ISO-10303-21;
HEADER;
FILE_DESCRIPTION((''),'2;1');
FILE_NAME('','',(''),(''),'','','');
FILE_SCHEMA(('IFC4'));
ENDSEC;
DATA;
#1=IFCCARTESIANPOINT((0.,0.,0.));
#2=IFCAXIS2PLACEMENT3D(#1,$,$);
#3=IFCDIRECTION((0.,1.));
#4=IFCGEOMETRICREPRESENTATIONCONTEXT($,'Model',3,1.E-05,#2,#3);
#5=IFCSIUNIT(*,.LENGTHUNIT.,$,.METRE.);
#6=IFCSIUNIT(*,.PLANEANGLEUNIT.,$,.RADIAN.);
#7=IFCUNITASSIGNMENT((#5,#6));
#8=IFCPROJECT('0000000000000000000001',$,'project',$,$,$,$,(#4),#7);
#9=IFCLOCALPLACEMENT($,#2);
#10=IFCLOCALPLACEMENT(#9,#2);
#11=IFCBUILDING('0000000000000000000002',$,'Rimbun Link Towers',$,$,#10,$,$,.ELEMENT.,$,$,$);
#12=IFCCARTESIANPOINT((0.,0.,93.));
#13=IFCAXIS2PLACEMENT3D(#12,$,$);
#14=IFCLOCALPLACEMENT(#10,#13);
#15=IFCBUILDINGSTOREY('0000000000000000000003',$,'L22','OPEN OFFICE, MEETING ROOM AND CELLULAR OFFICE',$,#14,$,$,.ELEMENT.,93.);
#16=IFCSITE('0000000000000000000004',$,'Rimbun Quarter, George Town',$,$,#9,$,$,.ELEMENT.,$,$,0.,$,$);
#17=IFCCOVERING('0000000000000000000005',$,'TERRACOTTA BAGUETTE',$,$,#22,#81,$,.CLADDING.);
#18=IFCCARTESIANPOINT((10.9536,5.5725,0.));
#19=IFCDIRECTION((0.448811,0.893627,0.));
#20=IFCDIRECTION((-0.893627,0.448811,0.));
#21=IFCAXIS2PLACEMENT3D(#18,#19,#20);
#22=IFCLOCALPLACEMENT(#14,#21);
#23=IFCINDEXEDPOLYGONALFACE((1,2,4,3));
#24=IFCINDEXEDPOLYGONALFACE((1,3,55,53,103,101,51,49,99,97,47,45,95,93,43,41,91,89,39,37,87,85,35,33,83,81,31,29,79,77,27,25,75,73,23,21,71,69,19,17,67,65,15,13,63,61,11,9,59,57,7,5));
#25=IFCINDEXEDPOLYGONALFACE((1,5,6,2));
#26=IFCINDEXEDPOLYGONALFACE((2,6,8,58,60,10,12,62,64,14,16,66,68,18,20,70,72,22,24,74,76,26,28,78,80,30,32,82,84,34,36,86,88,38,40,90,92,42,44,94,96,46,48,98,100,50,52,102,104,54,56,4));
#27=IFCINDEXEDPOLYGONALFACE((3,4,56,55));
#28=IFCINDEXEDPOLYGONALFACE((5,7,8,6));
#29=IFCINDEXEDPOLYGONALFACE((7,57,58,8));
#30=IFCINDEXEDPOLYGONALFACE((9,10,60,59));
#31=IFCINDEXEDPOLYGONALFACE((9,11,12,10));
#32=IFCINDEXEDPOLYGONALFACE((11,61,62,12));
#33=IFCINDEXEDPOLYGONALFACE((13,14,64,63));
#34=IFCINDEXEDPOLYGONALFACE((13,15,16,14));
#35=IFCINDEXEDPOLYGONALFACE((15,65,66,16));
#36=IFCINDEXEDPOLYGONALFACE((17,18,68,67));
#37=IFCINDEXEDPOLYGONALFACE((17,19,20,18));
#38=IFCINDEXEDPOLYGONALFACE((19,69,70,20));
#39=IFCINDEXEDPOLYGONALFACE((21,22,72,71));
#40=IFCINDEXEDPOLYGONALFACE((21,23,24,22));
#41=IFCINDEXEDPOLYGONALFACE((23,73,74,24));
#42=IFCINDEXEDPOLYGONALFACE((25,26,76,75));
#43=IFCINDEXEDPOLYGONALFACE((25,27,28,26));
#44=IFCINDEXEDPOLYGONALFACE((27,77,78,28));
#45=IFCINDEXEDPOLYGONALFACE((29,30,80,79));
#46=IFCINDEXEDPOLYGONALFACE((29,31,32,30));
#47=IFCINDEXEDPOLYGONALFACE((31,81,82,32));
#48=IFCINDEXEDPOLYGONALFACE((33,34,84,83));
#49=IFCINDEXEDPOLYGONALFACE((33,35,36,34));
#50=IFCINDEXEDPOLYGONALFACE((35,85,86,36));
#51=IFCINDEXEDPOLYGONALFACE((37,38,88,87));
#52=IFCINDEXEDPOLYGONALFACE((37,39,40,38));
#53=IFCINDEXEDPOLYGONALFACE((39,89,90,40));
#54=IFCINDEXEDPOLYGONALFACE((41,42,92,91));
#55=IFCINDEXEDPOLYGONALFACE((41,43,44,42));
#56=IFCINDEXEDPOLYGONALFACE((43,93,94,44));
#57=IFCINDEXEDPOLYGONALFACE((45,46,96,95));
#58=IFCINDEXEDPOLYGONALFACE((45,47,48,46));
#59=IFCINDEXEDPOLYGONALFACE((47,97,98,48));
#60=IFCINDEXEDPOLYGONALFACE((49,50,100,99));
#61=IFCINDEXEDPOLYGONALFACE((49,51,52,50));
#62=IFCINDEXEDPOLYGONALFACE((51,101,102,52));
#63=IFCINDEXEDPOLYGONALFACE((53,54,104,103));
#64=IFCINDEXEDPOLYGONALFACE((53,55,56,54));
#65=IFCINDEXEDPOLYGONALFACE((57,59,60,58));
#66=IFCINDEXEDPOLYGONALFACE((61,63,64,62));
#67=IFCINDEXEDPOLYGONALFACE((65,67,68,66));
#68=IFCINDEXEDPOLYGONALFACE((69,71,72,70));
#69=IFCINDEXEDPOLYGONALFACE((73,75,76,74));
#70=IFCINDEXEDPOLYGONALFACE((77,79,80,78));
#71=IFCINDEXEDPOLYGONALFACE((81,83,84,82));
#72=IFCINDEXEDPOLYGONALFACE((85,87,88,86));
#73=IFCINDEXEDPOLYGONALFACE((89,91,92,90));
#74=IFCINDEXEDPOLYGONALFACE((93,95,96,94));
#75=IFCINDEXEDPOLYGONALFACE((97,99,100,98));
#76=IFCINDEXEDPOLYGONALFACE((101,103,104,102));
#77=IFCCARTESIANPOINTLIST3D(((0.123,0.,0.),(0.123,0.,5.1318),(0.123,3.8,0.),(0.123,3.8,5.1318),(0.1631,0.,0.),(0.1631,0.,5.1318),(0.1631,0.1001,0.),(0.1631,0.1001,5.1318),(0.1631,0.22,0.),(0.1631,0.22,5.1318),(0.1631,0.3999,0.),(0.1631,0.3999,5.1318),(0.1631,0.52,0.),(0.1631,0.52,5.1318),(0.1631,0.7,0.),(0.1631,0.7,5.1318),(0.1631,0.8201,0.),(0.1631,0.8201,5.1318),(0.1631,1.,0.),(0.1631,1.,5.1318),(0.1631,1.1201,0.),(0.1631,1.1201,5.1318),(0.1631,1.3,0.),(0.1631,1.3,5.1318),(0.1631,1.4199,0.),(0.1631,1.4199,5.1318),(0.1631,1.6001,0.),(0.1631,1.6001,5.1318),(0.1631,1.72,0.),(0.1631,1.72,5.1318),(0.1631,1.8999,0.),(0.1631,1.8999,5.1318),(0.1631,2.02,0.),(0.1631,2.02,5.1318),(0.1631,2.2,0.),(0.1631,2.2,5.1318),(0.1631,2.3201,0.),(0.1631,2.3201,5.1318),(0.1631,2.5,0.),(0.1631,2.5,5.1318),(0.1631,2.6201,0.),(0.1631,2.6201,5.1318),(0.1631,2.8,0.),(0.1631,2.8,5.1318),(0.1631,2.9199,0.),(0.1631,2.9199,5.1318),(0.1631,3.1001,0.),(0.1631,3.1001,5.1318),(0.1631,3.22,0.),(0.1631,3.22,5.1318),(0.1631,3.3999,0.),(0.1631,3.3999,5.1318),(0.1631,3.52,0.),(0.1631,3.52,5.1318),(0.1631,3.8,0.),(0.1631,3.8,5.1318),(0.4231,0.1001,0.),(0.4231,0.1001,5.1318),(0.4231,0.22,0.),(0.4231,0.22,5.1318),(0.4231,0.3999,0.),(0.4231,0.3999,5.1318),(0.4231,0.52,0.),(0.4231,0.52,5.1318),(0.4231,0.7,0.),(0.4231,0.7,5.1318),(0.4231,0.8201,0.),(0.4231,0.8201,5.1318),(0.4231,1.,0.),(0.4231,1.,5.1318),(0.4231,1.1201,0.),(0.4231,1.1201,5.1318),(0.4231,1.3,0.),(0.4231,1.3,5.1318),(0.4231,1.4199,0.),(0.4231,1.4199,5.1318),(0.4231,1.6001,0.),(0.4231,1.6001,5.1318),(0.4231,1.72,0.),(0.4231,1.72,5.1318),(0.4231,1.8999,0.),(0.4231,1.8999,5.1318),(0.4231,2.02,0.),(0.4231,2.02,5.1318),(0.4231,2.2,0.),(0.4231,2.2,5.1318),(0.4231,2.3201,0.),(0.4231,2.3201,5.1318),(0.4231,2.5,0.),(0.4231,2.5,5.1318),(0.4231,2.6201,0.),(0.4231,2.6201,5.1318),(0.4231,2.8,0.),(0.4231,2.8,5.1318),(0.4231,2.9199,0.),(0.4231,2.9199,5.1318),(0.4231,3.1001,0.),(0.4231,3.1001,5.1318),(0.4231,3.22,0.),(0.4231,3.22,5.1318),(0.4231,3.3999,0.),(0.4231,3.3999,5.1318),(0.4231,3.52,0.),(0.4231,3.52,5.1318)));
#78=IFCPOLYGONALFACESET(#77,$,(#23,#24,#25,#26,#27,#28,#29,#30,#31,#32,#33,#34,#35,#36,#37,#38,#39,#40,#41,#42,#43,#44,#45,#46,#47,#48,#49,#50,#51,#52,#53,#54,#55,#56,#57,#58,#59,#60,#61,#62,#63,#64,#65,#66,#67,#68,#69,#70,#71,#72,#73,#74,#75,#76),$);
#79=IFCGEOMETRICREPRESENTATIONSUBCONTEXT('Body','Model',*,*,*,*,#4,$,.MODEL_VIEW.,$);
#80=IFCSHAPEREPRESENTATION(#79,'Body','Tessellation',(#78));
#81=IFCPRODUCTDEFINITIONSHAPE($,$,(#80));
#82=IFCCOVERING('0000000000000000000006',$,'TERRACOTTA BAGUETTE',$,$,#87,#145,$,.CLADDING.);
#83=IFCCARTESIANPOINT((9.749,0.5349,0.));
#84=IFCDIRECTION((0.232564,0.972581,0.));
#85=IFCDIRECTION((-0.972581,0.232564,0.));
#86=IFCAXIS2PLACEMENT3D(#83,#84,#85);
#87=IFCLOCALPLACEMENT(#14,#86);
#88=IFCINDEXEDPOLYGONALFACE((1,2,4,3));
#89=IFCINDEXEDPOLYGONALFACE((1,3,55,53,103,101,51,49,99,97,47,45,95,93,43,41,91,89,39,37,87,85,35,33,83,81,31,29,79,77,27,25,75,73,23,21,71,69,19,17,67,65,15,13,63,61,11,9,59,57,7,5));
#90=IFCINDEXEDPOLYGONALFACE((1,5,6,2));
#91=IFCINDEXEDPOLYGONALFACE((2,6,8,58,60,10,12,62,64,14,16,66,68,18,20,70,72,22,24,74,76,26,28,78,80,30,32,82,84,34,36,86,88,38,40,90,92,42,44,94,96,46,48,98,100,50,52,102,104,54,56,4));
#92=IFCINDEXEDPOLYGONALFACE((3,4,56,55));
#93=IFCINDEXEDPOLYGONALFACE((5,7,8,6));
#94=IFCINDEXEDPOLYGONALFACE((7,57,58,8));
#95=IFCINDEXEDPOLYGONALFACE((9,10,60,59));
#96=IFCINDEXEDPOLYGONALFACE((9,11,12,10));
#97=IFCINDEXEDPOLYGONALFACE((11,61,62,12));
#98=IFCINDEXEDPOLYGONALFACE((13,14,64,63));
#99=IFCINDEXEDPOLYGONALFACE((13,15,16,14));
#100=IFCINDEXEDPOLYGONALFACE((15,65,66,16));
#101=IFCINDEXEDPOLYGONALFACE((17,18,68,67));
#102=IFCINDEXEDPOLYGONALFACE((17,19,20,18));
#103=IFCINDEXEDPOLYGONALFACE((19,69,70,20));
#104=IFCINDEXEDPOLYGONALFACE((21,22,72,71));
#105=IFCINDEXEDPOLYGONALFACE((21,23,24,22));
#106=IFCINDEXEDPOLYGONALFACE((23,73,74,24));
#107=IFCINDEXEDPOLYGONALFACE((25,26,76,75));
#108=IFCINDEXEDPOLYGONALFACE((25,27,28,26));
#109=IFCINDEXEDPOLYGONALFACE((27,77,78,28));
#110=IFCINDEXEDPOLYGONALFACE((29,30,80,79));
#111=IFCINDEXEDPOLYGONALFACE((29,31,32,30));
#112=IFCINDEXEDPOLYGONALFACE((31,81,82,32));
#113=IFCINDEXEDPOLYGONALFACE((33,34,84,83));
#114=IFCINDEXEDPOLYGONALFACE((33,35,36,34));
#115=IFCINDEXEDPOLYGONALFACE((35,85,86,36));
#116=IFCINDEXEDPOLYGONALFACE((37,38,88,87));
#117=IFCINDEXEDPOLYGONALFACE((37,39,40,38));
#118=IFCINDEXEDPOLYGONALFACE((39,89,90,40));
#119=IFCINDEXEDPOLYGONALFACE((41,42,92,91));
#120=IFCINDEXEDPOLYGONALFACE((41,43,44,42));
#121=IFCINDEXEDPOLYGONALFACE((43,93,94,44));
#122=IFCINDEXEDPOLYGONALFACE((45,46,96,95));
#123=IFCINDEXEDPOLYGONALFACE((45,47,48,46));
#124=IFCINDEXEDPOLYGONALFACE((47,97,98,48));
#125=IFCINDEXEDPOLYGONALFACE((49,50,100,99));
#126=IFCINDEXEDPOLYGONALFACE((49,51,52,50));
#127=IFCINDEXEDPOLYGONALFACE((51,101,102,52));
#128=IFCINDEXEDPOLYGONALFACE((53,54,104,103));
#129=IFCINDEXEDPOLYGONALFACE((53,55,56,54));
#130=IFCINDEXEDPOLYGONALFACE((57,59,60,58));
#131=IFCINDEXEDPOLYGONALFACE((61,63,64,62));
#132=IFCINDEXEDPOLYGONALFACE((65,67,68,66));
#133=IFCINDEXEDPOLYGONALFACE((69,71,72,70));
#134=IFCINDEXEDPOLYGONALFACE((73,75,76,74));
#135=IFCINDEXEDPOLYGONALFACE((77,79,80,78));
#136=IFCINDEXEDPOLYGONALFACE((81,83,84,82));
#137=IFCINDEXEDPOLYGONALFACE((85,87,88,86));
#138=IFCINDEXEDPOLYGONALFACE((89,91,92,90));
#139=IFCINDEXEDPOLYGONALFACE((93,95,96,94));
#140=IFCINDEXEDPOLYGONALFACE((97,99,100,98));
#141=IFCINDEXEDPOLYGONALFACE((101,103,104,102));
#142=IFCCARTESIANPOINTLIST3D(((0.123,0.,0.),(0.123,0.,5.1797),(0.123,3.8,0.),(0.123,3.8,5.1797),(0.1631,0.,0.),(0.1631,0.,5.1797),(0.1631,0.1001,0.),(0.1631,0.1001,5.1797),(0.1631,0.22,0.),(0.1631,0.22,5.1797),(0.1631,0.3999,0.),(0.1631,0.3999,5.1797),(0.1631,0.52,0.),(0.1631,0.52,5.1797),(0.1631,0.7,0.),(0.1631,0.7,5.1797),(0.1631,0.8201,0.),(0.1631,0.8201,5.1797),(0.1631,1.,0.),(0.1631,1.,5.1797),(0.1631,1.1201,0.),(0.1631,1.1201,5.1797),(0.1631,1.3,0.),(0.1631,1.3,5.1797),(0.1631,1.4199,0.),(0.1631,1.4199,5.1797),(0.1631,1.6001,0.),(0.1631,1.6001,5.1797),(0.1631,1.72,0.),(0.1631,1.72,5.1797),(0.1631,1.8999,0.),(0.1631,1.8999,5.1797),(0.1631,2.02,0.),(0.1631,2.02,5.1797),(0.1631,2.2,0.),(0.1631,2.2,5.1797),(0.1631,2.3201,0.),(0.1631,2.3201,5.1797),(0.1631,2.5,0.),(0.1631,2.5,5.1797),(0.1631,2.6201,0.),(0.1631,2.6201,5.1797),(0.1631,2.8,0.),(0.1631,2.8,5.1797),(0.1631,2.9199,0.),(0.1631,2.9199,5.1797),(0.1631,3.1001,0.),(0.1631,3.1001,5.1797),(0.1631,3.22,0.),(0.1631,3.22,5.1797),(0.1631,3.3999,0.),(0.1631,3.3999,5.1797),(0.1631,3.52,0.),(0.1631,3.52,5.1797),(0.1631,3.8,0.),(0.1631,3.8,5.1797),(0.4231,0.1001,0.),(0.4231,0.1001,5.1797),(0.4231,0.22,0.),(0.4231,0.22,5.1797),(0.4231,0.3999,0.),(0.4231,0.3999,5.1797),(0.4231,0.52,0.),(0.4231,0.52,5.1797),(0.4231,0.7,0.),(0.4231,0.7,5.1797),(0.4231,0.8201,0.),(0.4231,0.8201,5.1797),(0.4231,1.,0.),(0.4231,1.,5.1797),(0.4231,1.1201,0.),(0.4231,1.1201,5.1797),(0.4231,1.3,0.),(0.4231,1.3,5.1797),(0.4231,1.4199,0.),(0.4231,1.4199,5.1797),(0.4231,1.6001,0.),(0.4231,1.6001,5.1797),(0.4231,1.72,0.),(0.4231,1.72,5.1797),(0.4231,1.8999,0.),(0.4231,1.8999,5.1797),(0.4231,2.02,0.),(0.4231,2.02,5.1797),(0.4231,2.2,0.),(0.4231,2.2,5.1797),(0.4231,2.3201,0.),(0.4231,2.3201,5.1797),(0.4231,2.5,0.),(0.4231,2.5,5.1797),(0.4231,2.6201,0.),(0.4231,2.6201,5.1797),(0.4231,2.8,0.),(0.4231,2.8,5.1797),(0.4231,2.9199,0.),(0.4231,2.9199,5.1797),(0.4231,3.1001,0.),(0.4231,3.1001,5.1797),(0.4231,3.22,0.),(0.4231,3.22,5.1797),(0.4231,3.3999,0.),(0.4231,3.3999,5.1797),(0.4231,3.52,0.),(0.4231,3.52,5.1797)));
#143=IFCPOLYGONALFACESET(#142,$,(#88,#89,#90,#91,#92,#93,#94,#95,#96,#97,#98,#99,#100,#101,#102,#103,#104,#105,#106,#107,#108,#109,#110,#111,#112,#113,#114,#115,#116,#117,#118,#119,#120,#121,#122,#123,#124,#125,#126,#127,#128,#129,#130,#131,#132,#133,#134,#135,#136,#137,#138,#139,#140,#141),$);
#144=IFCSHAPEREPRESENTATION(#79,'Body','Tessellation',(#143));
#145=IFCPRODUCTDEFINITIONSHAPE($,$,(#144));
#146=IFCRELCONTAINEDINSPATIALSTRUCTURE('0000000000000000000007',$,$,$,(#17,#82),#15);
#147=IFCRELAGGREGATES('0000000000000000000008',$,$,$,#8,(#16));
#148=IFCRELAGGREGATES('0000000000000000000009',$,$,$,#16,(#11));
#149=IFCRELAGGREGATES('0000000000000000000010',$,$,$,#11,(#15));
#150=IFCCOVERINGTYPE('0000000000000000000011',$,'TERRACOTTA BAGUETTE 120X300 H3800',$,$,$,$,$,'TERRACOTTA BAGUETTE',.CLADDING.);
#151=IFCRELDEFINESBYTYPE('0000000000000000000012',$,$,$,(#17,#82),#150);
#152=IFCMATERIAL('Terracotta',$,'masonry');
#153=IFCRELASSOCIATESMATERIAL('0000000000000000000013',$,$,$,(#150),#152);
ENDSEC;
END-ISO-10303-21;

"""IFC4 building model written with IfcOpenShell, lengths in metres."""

from ifc_helpers import new_model, si_unit, direction, frame, origin, place, context, subcontext, project, spatial, polyline, outline, extrude, material, material_profile, profile_set, type_object, element, save


model = new_model("IFC4")

# Units and contexts
model_context = context("Model", 3, precision=1e-05, world=origin(), true_north=direction((0.0, 1.0)))
body_context = subcontext(model_context, "Body", "Model", "MODEL_VIEW")
ifc_project = project(units=[si_unit("LENGTHUNIT", "METRE"), si_unit("PLANEANGLEUNIT", "RADIAN")], contexts=[model_context])

# Site, building, storey
site_placement = place(None, origin())
site = spatial("IfcSite", under=ifc_project, at=site_placement, Name="Rimbun Quarter, George Town", CompositionType="ELEMENT", RefElevation=0.0)
building_placement = place(site_placement, origin())
building = spatial("IfcBuilding", under=site, at=building_placement, Name="Rimbun Link Towers", CompositionType="ELEMENT")
storey_placement = place(building_placement, frame((0.0, 0.0, 93.0)))
storey = spatial("IfcBuildingStorey", under=building, at=storey_placement, Name="L22", Description="OPEN OFFICE, MEETING ROOM AND CELLULAR OFFICE", CompositionType="ELEMENT", Elevation=93.0)

# Coverings
ifc_material_1 = material(Name="Terracotta", Category="masonry")
ifc_material_profile_1 = material_profile(ifc_material_1, outline(polyline([(0.123, 0.0), (0.1631, 0.0), (0.1631, 0.1001), (0.4231, 0.1001), (0.4231, 0.22), (0.1631, 0.22), (0.1631, 0.3999), (0.4231, 0.3999), (0.4231, 0.52), (0.1631, 0.52), (0.1631, 0.7), (0.4231, 0.7), (0.4231, 0.8201), (0.1631, 0.8201), (0.1631, 1.0), (0.4231, 1.0), (0.4231, 1.1201), (0.1631, 1.1201), (0.1631, 1.3), (0.4231, 1.3), (0.4231, 1.4199), (0.1631, 1.4199), (0.1631, 1.6001), (0.4231, 1.6001), (0.4231, 1.72), (0.1631, 1.72), (0.1631, 1.8999), (0.4231, 1.8999), (0.4231, 2.02), (0.1631, 2.02), (0.1631, 2.2), (0.4231, 2.2), (0.4231, 2.3201), (0.1631, 2.3201), (0.1631, 2.5), (0.4231, 2.5), (0.4231, 2.6201), (0.1631, 2.6201), (0.1631, 2.8), (0.4231, 2.8), (0.4231, 2.9199), (0.1631, 2.9199), (0.1631, 3.1001), (0.4231, 3.1001), (0.4231, 3.22), (0.1631, 3.22), (0.1631, 3.3999), (0.4231, 3.3999), (0.4231, 3.52), (0.1631, 3.52), (0.1631, 3.8), (0.123, 3.8), (0.123, 0.0)])), Name="BAGUETTE 120X300")
ifc_profile_set_1 = profile_set([ifc_material_profile_1], Name="Terracotta")
covering_type = type_object("IfcCoveringType", Name="TERRACOTTA BAGUETTE 120X300 H3800", ElementType="TERRACOTTA BAGUETTE", PredefinedType="CLADDING", material=ifc_profile_set_1)
covering_1_placement = place(storey_placement, frame((10.9536, 5.5725, 0.0), z_axis=(0.448811, 0.893627, 0.0), x_axis=(-0.893627, 0.448811, 0.0)))
element("IfcCovering", 1, at=covering_1_placement, inside=storey, type_object=covering_type, Name="TERRACOTTA BAGUETTE", PredefinedType="CLADDING", context=body_context, shape_type="SweptSolid", body=[
    extrude(outline(polyline([(0.123, 0.0), (0.1631, 0.0), (0.1631, 0.1001), (0.4231, 0.1001), (0.4231, 0.22), (0.1631, 0.22), (0.1631, 0.3999), (0.4231, 0.3999), (0.4231, 0.52), (0.1631, 0.52), (0.1631, 0.7), (0.4231, 0.7), (0.4231, 0.8201), (0.1631, 0.8201), (0.1631, 1.0), (0.4231, 1.0), (0.4231, 1.1201), (0.1631, 1.1201), (0.1631, 1.3), (0.4231, 1.3), (0.4231, 1.4199), (0.1631, 1.4199), (0.1631, 1.6001), (0.4231, 1.6001), (0.4231, 1.72), (0.1631, 1.72), (0.1631, 1.8999), (0.4231, 1.8999), (0.4231, 2.02), (0.1631, 2.02), (0.1631, 2.2), (0.4231, 2.2), (0.4231, 2.3201), (0.1631, 2.3201), (0.1631, 2.5), (0.4231, 2.5), (0.4231, 2.6201), (0.1631, 2.6201), (0.1631, 2.8), (0.4231, 2.8), (0.4231, 2.9199), (0.1631, 2.9199), (0.1631, 3.1001), (0.4231, 3.1001), (0.4231, 3.22), (0.1631, 3.22), (0.1631, 3.3999), (0.4231, 3.3999), (0.4231, 3.52), (0.1631, 3.52), (0.1631, 3.8), (0.123, 3.8), (0.123, 0.0)])), origin(), (0.0, 0.0, 1.0), 5.1318),
])
covering_2_placement = place(storey_placement, frame((9.749, 0.5349, 0.0), z_axis=(0.232564, 0.972581, 0.0), x_axis=(-0.972581, 0.232564, 0.0)))
element("IfcCovering", 2, at=covering_2_placement, inside=storey, type_object=covering_type, Name="TERRACOTTA BAGUETTE", PredefinedType="CLADDING", context=body_context, shape_type="SweptSolid", body=[
    extrude(outline(polyline([(0.123, 0.0), (0.1631, 0.0), (0.1631, 0.1001), (0.4231, 0.1001), (0.4231, 0.22), (0.1631, 0.22), (0.1631, 0.3999), (0.4231, 0.3999), (0.4231, 0.52), (0.1631, 0.52), (0.1631, 0.7), (0.4231, 0.7), (0.4231, 0.8201), (0.1631, 0.8201), (0.1631, 1.0), (0.4231, 1.0), (0.4231, 1.1201), (0.1631, 1.1201), (0.1631, 1.3), (0.4231, 1.3), (0.4231, 1.4199), (0.1631, 1.4199), (0.1631, 1.6001), (0.4231, 1.6001), (0.4231, 1.72), (0.1631, 1.72), (0.1631, 1.8999), (0.4231, 1.8999), (0.4231, 2.02), (0.1631, 2.02), (0.1631, 2.2), (0.4231, 2.2), (0.4231, 2.3201), (0.1631, 2.3201), (0.1631, 2.5), (0.4231, 2.5), (0.4231, 2.6201), (0.1631, 2.6201), (0.1631, 2.8), (0.4231, 2.8), (0.4231, 2.9199), (0.1631, 2.9199), (0.1631, 3.1001), (0.4231, 3.1001), (0.4231, 3.22), (0.1631, 3.22), (0.1631, 3.3999), (0.4231, 3.3999), (0.4231, 3.52), (0.1631, 3.52), (0.1631, 3.8), (0.123, 3.8), (0.123, 0.0)])), origin(), (0.0, 0.0, 1.0), 5.1797),
])

save(model, "model.ifc")
